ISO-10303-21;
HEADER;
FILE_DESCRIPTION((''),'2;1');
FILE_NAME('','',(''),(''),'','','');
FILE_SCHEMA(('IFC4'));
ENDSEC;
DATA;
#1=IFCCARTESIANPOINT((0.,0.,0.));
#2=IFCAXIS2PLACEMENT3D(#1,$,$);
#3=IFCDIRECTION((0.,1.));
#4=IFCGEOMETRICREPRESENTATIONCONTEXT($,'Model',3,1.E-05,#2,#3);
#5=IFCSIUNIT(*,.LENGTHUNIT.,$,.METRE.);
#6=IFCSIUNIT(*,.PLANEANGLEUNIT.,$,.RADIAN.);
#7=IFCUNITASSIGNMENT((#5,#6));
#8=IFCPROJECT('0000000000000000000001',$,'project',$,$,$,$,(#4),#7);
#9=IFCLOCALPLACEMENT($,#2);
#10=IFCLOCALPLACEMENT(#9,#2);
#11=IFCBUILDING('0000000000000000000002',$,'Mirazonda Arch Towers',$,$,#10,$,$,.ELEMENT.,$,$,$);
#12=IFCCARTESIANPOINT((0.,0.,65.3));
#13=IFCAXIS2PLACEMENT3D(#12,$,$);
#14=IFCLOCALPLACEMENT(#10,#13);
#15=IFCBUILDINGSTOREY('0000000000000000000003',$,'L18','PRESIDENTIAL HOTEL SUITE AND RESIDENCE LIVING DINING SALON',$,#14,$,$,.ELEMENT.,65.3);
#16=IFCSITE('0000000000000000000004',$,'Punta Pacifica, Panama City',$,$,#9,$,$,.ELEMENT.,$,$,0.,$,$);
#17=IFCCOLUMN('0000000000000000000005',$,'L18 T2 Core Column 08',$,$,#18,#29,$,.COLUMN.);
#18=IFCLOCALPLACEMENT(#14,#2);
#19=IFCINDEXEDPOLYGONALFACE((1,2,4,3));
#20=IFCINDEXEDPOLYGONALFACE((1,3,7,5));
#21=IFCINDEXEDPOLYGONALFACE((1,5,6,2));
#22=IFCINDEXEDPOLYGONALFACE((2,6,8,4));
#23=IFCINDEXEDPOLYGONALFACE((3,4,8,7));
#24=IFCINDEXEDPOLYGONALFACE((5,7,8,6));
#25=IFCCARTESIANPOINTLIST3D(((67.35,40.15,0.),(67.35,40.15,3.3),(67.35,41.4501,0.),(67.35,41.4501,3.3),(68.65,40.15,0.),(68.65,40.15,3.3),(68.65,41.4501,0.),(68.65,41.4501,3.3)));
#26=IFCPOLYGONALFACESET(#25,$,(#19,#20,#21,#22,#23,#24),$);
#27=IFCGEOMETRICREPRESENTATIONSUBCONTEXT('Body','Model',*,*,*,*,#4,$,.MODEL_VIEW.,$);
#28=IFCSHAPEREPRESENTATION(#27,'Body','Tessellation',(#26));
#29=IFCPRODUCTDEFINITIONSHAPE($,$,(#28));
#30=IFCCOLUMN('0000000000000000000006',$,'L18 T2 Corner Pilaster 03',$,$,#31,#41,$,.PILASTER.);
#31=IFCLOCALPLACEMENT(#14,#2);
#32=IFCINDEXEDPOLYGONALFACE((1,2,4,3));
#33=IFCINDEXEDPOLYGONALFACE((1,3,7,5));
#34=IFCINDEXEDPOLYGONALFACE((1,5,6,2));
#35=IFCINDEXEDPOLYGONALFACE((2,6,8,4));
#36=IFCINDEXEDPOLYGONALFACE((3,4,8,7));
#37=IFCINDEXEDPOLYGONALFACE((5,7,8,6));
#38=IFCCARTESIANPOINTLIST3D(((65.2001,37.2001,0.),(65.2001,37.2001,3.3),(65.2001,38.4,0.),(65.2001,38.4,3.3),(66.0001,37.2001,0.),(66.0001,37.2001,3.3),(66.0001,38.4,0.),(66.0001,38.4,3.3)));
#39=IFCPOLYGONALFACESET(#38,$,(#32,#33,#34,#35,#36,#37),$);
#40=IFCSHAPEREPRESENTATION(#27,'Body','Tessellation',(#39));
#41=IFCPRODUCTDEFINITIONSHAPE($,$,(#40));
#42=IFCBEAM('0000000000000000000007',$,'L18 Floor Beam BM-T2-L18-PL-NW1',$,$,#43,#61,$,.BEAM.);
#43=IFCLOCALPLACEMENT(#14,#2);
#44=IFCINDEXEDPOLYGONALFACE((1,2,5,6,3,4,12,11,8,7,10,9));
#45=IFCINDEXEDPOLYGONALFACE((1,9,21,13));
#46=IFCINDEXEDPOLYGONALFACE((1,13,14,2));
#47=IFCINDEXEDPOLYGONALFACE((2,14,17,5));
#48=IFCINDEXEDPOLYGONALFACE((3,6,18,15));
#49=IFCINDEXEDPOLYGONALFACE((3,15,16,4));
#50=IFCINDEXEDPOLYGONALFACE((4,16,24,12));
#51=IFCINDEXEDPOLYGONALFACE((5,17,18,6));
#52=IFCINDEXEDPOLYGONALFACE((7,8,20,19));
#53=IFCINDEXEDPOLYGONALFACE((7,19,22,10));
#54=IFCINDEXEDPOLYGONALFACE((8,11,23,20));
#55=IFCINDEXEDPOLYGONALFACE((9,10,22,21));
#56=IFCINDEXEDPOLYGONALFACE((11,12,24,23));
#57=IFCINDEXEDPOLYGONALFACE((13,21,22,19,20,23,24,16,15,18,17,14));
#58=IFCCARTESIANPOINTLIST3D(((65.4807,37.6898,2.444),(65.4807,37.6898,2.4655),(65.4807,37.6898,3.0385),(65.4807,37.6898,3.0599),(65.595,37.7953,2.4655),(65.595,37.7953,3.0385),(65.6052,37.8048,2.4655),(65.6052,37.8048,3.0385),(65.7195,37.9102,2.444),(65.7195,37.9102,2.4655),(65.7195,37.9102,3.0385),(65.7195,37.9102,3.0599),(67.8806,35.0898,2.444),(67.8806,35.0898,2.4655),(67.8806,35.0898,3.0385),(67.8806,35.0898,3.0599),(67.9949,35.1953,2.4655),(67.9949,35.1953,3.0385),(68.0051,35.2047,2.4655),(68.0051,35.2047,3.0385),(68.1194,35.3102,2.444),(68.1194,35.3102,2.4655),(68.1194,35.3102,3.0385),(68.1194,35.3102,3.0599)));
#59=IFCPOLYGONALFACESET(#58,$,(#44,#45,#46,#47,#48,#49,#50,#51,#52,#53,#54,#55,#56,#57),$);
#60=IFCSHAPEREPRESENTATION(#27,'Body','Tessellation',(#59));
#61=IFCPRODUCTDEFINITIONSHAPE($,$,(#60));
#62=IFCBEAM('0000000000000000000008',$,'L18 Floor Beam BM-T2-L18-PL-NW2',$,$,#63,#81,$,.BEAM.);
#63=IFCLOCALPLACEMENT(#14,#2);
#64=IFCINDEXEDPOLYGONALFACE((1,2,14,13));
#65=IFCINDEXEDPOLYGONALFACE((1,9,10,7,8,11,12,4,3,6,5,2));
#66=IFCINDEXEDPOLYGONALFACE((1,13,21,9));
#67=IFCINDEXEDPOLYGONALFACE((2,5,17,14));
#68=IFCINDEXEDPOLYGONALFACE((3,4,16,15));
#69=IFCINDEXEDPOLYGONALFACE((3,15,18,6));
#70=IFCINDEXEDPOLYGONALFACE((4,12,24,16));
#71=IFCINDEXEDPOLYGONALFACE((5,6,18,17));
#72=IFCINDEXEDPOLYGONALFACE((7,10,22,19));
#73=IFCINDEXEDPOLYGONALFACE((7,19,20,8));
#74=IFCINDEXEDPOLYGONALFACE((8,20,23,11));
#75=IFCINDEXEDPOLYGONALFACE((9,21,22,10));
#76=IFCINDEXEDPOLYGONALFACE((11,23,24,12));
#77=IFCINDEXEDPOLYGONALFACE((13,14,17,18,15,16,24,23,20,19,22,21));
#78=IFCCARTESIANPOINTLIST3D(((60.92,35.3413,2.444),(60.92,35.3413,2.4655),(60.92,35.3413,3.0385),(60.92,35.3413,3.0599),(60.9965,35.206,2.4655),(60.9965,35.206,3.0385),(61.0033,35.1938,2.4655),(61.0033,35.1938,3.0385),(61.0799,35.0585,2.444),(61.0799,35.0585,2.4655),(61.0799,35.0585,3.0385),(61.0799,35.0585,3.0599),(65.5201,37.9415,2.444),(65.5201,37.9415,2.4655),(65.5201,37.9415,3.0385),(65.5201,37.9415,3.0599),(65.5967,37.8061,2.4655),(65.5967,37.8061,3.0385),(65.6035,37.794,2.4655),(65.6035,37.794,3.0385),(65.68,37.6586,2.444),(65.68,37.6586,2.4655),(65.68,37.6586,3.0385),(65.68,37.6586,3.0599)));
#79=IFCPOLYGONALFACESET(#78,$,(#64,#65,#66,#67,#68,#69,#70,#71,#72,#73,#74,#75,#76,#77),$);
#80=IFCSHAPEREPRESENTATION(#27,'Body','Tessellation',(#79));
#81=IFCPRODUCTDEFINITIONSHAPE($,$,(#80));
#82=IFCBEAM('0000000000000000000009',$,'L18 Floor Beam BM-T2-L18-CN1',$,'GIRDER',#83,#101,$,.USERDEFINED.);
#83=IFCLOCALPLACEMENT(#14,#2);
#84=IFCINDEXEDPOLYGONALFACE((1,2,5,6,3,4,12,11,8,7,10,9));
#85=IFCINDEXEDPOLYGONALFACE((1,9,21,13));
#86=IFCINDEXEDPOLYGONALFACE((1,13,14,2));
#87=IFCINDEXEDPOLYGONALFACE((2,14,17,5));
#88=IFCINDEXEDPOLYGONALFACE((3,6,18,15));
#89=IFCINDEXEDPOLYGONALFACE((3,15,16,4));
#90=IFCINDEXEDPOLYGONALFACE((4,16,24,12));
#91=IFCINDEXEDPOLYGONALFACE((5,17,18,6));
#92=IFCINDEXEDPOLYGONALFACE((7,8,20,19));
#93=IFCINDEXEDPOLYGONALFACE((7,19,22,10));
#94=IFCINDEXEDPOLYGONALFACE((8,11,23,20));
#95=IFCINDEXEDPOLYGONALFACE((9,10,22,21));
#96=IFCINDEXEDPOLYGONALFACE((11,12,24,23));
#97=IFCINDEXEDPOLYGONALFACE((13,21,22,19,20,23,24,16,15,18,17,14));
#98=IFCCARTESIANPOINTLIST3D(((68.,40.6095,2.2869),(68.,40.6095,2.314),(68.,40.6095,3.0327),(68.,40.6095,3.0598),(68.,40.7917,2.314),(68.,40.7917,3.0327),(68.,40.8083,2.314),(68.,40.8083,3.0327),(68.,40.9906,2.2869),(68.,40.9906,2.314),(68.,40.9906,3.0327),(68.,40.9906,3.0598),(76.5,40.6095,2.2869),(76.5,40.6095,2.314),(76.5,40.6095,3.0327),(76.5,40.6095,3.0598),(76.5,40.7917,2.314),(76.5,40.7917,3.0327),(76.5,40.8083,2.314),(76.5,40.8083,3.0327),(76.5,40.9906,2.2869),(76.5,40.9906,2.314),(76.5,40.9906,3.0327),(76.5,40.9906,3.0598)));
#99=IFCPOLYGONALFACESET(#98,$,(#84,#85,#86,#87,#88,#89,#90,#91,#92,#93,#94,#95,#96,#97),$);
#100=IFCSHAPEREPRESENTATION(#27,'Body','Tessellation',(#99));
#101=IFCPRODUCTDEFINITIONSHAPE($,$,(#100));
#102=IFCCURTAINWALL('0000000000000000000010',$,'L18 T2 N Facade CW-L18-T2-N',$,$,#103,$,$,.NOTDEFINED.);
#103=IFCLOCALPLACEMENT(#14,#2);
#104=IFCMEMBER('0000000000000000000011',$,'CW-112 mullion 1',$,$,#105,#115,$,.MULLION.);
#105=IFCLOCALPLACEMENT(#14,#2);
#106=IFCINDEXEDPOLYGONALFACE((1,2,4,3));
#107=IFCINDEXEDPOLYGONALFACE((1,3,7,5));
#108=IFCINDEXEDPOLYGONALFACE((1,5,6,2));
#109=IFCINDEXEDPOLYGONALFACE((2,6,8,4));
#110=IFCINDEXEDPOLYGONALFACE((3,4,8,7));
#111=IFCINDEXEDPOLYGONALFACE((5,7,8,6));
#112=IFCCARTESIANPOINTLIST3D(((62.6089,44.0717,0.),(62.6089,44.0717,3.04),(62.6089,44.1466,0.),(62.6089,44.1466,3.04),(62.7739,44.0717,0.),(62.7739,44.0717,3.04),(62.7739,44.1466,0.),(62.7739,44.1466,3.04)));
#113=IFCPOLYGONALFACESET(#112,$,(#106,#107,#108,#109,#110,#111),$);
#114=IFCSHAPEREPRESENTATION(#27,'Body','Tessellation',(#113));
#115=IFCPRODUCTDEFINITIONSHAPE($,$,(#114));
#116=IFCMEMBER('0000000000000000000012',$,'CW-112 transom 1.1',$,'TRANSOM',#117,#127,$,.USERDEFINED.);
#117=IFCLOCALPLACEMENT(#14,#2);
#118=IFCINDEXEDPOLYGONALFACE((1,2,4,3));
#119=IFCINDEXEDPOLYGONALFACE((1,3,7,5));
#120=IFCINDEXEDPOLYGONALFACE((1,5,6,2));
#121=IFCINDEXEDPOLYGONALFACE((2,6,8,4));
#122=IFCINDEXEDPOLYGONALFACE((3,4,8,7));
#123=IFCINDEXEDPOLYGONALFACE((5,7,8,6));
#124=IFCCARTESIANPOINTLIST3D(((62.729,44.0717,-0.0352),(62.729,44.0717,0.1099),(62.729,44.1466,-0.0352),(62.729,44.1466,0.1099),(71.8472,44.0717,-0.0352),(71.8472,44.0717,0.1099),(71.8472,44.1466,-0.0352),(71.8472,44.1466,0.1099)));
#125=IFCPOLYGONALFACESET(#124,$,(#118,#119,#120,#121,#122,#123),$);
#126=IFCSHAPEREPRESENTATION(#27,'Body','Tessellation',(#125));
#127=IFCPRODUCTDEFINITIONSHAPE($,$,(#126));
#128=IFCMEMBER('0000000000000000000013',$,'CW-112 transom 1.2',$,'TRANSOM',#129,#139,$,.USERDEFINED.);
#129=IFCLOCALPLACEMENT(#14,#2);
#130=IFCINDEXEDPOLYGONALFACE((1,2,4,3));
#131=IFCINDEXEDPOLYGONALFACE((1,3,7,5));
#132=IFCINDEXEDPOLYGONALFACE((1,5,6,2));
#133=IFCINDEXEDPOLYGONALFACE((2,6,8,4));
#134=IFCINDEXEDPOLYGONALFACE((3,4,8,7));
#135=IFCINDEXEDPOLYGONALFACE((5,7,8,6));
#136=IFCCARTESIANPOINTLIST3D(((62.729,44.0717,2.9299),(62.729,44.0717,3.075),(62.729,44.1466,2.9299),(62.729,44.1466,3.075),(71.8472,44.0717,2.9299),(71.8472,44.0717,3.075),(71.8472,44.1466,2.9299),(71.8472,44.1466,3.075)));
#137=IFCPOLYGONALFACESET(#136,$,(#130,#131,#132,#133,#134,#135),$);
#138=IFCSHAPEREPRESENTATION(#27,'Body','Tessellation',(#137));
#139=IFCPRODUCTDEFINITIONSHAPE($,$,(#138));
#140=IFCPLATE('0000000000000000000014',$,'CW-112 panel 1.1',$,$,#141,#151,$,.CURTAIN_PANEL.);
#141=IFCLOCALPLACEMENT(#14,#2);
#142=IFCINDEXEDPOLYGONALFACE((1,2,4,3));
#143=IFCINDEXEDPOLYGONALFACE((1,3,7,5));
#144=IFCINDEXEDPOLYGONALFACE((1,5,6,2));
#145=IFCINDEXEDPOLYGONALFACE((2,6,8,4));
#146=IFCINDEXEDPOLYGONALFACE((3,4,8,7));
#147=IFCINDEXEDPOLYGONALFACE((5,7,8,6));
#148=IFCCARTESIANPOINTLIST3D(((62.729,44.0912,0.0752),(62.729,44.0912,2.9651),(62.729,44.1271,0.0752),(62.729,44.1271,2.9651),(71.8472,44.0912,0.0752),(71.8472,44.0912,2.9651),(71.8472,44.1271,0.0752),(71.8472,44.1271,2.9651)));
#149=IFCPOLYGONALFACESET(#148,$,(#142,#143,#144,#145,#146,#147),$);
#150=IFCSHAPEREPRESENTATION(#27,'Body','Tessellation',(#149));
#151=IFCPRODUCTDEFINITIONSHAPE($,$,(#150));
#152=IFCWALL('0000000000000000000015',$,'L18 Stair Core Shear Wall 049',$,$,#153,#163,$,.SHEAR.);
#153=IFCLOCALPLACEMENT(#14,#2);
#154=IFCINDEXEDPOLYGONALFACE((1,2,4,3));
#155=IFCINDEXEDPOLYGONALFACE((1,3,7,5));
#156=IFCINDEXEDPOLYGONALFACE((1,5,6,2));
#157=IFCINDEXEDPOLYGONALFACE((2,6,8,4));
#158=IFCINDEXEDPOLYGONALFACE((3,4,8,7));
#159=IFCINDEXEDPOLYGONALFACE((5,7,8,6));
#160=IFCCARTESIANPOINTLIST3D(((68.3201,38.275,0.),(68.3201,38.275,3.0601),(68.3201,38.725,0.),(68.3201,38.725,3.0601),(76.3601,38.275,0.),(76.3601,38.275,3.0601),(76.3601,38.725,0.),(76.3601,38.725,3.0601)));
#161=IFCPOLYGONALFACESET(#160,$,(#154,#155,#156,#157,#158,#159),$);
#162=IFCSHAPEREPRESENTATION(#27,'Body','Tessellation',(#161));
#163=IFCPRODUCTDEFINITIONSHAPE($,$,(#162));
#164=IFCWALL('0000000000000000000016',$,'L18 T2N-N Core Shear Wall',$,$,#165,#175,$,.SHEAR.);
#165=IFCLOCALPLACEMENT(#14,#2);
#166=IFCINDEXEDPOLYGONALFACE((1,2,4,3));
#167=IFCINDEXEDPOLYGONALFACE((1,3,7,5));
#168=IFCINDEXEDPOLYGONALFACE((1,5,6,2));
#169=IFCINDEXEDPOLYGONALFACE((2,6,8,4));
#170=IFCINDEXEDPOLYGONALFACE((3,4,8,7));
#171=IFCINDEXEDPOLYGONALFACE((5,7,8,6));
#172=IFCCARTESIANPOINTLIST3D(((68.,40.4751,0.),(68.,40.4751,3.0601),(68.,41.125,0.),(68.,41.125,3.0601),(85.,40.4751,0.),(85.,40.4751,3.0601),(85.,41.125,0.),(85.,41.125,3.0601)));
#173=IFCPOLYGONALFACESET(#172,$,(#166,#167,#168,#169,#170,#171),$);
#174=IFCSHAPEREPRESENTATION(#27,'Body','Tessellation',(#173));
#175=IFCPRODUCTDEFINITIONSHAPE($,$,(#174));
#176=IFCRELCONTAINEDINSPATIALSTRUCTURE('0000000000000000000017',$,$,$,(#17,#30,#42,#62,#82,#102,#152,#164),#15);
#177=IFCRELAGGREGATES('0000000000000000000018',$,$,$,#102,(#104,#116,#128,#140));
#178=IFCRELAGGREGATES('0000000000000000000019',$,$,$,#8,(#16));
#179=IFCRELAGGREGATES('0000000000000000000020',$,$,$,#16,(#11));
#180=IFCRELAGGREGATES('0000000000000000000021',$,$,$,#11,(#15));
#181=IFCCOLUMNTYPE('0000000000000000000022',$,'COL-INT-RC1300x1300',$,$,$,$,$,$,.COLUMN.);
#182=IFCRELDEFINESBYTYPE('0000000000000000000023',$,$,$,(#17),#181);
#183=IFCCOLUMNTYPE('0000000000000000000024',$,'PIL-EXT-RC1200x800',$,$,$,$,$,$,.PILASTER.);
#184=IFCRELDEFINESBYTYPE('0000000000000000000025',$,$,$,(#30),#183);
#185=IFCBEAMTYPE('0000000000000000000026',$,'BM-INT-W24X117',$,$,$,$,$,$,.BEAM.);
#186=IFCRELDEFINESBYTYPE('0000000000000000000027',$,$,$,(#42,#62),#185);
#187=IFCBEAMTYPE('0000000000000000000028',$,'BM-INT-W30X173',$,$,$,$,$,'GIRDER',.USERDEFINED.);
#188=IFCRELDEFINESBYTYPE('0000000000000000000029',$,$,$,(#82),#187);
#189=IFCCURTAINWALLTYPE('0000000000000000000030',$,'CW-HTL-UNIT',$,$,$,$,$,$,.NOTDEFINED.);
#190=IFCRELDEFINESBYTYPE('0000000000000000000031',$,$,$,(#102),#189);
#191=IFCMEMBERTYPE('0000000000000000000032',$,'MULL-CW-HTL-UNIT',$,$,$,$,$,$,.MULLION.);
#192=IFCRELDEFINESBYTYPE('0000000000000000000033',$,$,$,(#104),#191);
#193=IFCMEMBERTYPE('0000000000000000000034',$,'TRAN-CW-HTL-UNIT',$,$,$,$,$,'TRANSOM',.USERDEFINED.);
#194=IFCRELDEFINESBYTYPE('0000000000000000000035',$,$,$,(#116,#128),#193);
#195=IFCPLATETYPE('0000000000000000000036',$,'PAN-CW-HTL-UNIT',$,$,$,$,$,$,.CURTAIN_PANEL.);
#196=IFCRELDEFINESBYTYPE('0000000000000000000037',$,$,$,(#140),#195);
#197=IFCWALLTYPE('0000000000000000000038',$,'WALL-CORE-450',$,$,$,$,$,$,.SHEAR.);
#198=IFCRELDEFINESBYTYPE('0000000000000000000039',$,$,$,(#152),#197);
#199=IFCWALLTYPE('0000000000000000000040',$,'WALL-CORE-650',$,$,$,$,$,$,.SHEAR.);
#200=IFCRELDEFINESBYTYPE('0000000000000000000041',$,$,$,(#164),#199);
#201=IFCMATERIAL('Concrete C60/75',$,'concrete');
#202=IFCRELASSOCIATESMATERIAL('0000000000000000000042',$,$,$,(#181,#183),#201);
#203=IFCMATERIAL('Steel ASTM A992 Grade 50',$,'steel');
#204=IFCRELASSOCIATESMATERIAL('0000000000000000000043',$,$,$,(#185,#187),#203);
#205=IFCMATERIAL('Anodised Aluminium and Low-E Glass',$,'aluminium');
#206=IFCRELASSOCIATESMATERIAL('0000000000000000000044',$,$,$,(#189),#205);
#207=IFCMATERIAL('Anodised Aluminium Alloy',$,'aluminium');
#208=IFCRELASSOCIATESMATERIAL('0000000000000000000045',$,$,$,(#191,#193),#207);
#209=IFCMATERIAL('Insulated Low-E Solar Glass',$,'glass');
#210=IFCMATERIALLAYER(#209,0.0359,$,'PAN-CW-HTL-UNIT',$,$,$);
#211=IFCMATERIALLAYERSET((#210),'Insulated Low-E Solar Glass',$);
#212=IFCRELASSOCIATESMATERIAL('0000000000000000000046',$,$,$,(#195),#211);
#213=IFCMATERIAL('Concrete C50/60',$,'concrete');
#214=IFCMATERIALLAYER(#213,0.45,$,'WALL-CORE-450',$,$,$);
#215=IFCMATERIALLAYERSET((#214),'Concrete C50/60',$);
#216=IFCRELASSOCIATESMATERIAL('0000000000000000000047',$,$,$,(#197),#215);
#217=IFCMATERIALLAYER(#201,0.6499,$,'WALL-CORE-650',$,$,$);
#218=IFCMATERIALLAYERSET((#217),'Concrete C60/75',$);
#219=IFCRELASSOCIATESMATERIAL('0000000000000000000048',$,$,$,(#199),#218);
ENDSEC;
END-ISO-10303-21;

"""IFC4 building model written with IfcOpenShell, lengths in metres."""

from ifc_helpers import new_model, si_unit, direction, frame, frame_2d, origin, origin_2d, place, context, subcontext, project, spatial, rectangle, i_section, extrude, material, layer, layer_set, material_profile, profile_set, type_object, element, aggregate, save


model = new_model("IFC4")

# Units and contexts
model_context = context("Model", 3, precision=1e-05, world=origin(), true_north=direction((0.0, 1.0)))
body_context = subcontext(model_context, "Body", "Model", "MODEL_VIEW")
ifc_project = project(units=[si_unit("LENGTHUNIT", "METRE"), si_unit("PLANEANGLEUNIT", "RADIAN")], contexts=[model_context])

# Site, building, storey
site_placement = place(None, origin())
site = spatial("IfcSite", under=ifc_project, at=site_placement, Name="Punta Pacifica, Panama City", CompositionType="ELEMENT", RefElevation=0.0)
building_placement = place(site_placement, origin())
building = spatial("IfcBuilding", under=site, at=building_placement, Name="Mirazonda Arch Towers", CompositionType="ELEMENT")
storey_placement = place(building_placement, frame((0.0, 0.0, 65.3)))
storey = spatial("IfcBuildingStorey", under=building, at=storey_placement, Name="L18", Description="PRESIDENTIAL HOTEL SUITE AND RESIDENCE LIVING DINING SALON", CompositionType="ELEMENT", Elevation=65.3)

# Columns
ifc_material_1 = material(Name="Concrete C60/75", Category="concrete")
ifc_material_profile_1 = material_profile(ifc_material_1, rectangle(XDim=1.3, YDim=1.3, at=origin_2d()), Name="RC1300x1300")
ifc_profile_set_1 = profile_set([ifc_material_profile_1], Name="Concrete C60/75")
column_type_1 = type_object("IfcColumnType", Name="COL-INT-RC1300x1300", PredefinedType="COLUMN", material=ifc_profile_set_1)
column_1_placement = place(storey_placement, frame((68.0, 40.8, 0.0), z_axis=(0.0, 0.0, 1.0), x_axis=(1.0, 0.0, 0.0)))
element("IfcColumn", 1, at=column_1_placement, inside=storey, type_object=column_type_1, Name="L18 T2 Core Column 08", PredefinedType="COLUMN", context=body_context, shape_type="SweptSolid", body=[
    extrude(rectangle(XDim=1.3, YDim=1.3, at=origin_2d()), origin(), (0.0, 0.0, 1.0), 3.3),
])
ifc_material_profile_2 = material_profile(ifc_material_1, rectangle(XDim=0.8, YDim=1.2, at=origin_2d()), Name="RC1200x800")
ifc_profile_set_2 = profile_set([ifc_material_profile_2], Name="Concrete C60/75")
column_type_2 = type_object("IfcColumnType", Name="PIL-EXT-RC1200x800", PredefinedType="PILASTER", material=ifc_profile_set_2)
column_2_placement = place(storey_placement, frame((65.6001, 37.8, 0.0), z_axis=(0.0, 0.0, 1.0), x_axis=(1.0, 0.0, 0.0)))
element("IfcColumn", 2, at=column_2_placement, inside=storey, type_object=column_type_2, Name="L18 T2 Corner Pilaster 03", PredefinedType="PILASTER", context=body_context, shape_type="SweptSolid", body=[
    extrude(rectangle(XDim=0.8, YDim=1.2, at=origin_2d()), origin(), (0.0, 0.0, 1.0), 3.3),
])

# Beams
ifc_material_2 = material(Name="Steel ASTM A992 Grade 50", Category="steel")
ifc_material_profile_3 = material_profile(ifc_material_2, i_section(OverallWidth=0.325, OverallDepth=0.616, WebThickness=0.0139, FlangeThickness=0.0215, at=origin_2d()), Name="W24X117")
ifc_profile_set_3 = profile_set([ifc_material_profile_3], Name="Steel ASTM A992 Grade 50")
beam_type_1 = type_object("IfcBeamType", Name="BM-INT-W24X117", PredefinedType="BEAM", material=ifc_profile_set_3)
beam_1_placement = place(storey_placement, frame((65.6001, 37.8, 2.752), z_axis=(0.678251, -0.73483, 0.0), x_axis=(0.73483, 0.678251, 0.0)))
element("IfcBeam", 3, at=beam_1_placement, inside=storey, type_object=beam_type_1, Name="L18 Floor Beam BM-T2-L18-PL-NW1", PredefinedType="BEAM", context=body_context, shape_type="SweptSolid", body=[
    extrude(i_section(OverallWidth=0.325, OverallDepth=0.616, WebThickness=0.0139, FlangeThickness=0.0215, at=origin_2d()), origin(), (0.0, 0.0, 1.0), 3.5383),
])
beam_2_placement = place(storey_placement, frame((65.6001, 37.8, 2.752), z_axis=(-0.870559, -0.492063, 0.0), x_axis=(0.492063, -0.870559, 0.0)))
element("IfcBeam", 4, at=beam_2_placement, inside=storey, type_object=beam_type_1, Name="L18 Floor Beam BM-T2-L18-PL-NW2", PredefinedType="BEAM", context=body_context, shape_type="SweptSolid", body=[
    extrude(i_section(OverallWidth=0.325, OverallDepth=0.616, WebThickness=0.0139, FlangeThickness=0.0215, at=origin_2d()), origin(), (0.0, 0.0, 1.0), 5.2842),
])
ifc_material_profile_4 = material_profile(ifc_material_2, i_section(OverallWidth=0.3811, OverallDepth=0.7729, WebThickness=0.0166, FlangeThickness=0.0271, at=origin_2d()), Name="W30X173")
ifc_profile_set_4 = profile_set([ifc_material_profile_4], Name="Steel ASTM A992 Grade 50")
beam_type_2 = type_object("IfcBeamType", Name="BM-INT-W30X173", ElementType="GIRDER", PredefinedType="USERDEFINED", material=ifc_profile_set_4)
beam_3_placement = place(storey_placement, frame((68.0, 40.8, 2.6733), z_axis=(1.0, 0.0, 0.0), x_axis=(0.0, 1.0, 0.0)))
element("IfcBeam", 5, at=beam_3_placement, inside=storey, type_object=beam_type_2, Name="L18 Floor Beam BM-T2-L18-CN1", ObjectType="GIRDER", PredefinedType="USERDEFINED", context=body_context, shape_type="SweptSolid", body=[
    extrude(i_section(OverallWidth=0.3811, OverallDepth=0.7729, WebThickness=0.0166, FlangeThickness=0.0271, at=origin_2d()), origin(), (0.0, 0.0, 1.0), 8.5),
])

# Curtain wall, members, plate
ifc_material_3 = material(Name="Anodised Aluminium and Low-E Glass", Category="aluminium")
curtain_wall_type = type_object("IfcCurtainWallType", Name="CW-HTL-UNIT", PredefinedType="NOTDEFINED", material=ifc_material_3)
curtain_wall_placement = place(storey_placement, origin())
curtain_wall = element("IfcCurtainWall", 6, at=curtain_wall_placement, inside=storey, type_object=curtain_wall_type, Name="L18 T2 N Facade CW-L18-T2-N", PredefinedType="NOTDEFINED")
ifc_material_4 = material(Name="Anodised Aluminium Alloy", Category="aluminium")
ifc_material_profile_5 = material_profile(ifc_material_4, rectangle(XDim=0.075, YDim=0.165, at=origin_2d()), Name="ALU-MULL-75x165")
ifc_profile_set_5 = profile_set([ifc_material_profile_5], Name="Anodised Aluminium Alloy")
member_type_1 = type_object("IfcMemberType", Name="MULL-CW-HTL-UNIT", PredefinedType="MULLION", material=ifc_profile_set_5)
member_1_placement = place(storey_placement, frame((62.6914, 44.1091, 0.0), z_axis=(0.0, 0.0, 1.0), x_axis=(0.0, 1.0, 0.0)))
member_1 = element("IfcMember", 7, at=member_1_placement, type_object=member_type_1, Name="CW-112 mullion 1", PredefinedType="MULLION", context=body_context, shape_type="SweptSolid", body=[
    extrude(rectangle(XDim=0.075, YDim=0.165, at=origin_2d()), origin(), (0.0, 0.0, 1.0), 3.04),
])
ifc_material_profile_6 = material_profile(ifc_material_4, rectangle(XDim=0.075, YDim=0.145, at=origin_2d()), Name="ALU-TRAN-75x145")
ifc_profile_set_6 = profile_set([ifc_material_profile_6], Name="Anodised Aluminium Alloy")
member_type_2 = type_object("IfcMemberType", Name="TRAN-CW-HTL-UNIT", ElementType="TRANSOM", PredefinedType="USERDEFINED", material=ifc_profile_set_6)
member_2_placement = place(storey_placement, frame((62.729, 44.1091, 0.0374), z_axis=(1.0, 0.0, 0.0), x_axis=(0.0, 1.0, 0.0)))
member_2 = element("IfcMember", 8, at=member_2_placement, type_object=member_type_2, Name="CW-112 transom 1.1", ObjectType="TRANSOM", PredefinedType="USERDEFINED", context=body_context, shape_type="SweptSolid", body=[
    extrude(rectangle(XDim=0.075, YDim=0.145, at=origin_2d()), origin(), (0.0, 0.0, 1.0), 9.1182),
])
member_3_placement = place(storey_placement, frame((62.729, 44.1091, 3.0024), z_axis=(1.0, 0.0, 0.0), x_axis=(0.0, 1.0, 0.0)))
member_3 = element("IfcMember", 9, at=member_3_placement, type_object=member_type_2, Name="CW-112 transom 1.2", ObjectType="TRANSOM", PredefinedType="USERDEFINED", context=body_context, shape_type="SweptSolid", body=[
    extrude(rectangle(XDim=0.075, YDim=0.145, at=origin_2d()), origin(), (0.0, 0.0, 1.0), 9.1182),
])
ifc_material_5 = material(Name="Insulated Low-E Solar Glass", Category="glass")
ifc_layer_1 = layer(ifc_material_5, 0.0359, Name="PAN-CW-HTL-UNIT")
ifc_layer_set_1 = layer_set([ifc_layer_1], Name="Insulated Low-E Solar Glass")
plate_type = type_object("IfcPlateType", Name="PAN-CW-HTL-UNIT", PredefinedType="CURTAIN_PANEL", material=ifc_layer_set_1)
plate_placement = place(storey_placement, frame((67.2881, 44.1091, 0.0752), z_axis=(0.0, 0.0, 1.0), x_axis=(1.0, 0.0, 0.0)))
plate = element("IfcPlate", 10, at=plate_placement, type_object=plate_type, Name="CW-112 panel 1.1", PredefinedType="CURTAIN_PANEL", context=body_context, shape_type="SweptSolid", body=[
    extrude(rectangle(XDim=9.1182, YDim=0.0359, at=origin_2d()), origin(), (0.0, 0.0, 1.0), 2.8899),
])
aggregate(curtain_wall, [member_1, member_2, member_3, plate])

# Walls
ifc_material_6 = material(Name="Concrete C50/60", Category="concrete")
ifc_layer_2 = layer(ifc_material_6, 0.45, Name="WALL-CORE-450")
ifc_layer_set_2 = layer_set([ifc_layer_2], Name="Concrete C50/60")
wall_type_1 = type_object("IfcWallType", Name="WALL-CORE-450", PredefinedType="SHEAR", material=ifc_layer_set_2)
wall_1_placement = place(storey_placement, frame((68.3201, 38.5, 0.0), z_axis=(0.0, 0.0, 1.0), x_axis=(1.0, 0.0, 0.0)))
element("IfcWall", 11, at=wall_1_placement, inside=storey, type_object=wall_type_1, Name="L18 Stair Core Shear Wall 049", PredefinedType="SHEAR", context=body_context, shape_type="SweptSolid", body=[
    extrude(rectangle(XDim=8.04, YDim=0.45, at=frame_2d((4.02, 0.0))), origin(), (0.0, 0.0, 1.0), 3.0601),
])
ifc_layer_3 = layer(ifc_material_1, 0.6499, Name="WALL-CORE-650")
ifc_layer_set_3 = layer_set([ifc_layer_3], Name="Concrete C60/75")
wall_type_2 = type_object("IfcWallType", Name="WALL-CORE-650", PredefinedType="SHEAR", material=ifc_layer_set_3)
wall_2_placement = place(storey_placement, frame((68.0, 40.8, 0.0), z_axis=(0.0, 0.0, 1.0), x_axis=(1.0, 0.0, 0.0)))
element("IfcWall", 12, at=wall_2_placement, inside=storey, type_object=wall_type_2, Name="L18 T2N-N Core Shear Wall", PredefinedType="SHEAR", context=body_context, shape_type="SweptSolid", body=[
    extrude(rectangle(XDim=17.0, YDim=0.6499, at=frame_2d((8.5, 0.0))), origin(), (0.0, 0.0, 1.0), 3.0601),
])

save(model, "model.ifc")
